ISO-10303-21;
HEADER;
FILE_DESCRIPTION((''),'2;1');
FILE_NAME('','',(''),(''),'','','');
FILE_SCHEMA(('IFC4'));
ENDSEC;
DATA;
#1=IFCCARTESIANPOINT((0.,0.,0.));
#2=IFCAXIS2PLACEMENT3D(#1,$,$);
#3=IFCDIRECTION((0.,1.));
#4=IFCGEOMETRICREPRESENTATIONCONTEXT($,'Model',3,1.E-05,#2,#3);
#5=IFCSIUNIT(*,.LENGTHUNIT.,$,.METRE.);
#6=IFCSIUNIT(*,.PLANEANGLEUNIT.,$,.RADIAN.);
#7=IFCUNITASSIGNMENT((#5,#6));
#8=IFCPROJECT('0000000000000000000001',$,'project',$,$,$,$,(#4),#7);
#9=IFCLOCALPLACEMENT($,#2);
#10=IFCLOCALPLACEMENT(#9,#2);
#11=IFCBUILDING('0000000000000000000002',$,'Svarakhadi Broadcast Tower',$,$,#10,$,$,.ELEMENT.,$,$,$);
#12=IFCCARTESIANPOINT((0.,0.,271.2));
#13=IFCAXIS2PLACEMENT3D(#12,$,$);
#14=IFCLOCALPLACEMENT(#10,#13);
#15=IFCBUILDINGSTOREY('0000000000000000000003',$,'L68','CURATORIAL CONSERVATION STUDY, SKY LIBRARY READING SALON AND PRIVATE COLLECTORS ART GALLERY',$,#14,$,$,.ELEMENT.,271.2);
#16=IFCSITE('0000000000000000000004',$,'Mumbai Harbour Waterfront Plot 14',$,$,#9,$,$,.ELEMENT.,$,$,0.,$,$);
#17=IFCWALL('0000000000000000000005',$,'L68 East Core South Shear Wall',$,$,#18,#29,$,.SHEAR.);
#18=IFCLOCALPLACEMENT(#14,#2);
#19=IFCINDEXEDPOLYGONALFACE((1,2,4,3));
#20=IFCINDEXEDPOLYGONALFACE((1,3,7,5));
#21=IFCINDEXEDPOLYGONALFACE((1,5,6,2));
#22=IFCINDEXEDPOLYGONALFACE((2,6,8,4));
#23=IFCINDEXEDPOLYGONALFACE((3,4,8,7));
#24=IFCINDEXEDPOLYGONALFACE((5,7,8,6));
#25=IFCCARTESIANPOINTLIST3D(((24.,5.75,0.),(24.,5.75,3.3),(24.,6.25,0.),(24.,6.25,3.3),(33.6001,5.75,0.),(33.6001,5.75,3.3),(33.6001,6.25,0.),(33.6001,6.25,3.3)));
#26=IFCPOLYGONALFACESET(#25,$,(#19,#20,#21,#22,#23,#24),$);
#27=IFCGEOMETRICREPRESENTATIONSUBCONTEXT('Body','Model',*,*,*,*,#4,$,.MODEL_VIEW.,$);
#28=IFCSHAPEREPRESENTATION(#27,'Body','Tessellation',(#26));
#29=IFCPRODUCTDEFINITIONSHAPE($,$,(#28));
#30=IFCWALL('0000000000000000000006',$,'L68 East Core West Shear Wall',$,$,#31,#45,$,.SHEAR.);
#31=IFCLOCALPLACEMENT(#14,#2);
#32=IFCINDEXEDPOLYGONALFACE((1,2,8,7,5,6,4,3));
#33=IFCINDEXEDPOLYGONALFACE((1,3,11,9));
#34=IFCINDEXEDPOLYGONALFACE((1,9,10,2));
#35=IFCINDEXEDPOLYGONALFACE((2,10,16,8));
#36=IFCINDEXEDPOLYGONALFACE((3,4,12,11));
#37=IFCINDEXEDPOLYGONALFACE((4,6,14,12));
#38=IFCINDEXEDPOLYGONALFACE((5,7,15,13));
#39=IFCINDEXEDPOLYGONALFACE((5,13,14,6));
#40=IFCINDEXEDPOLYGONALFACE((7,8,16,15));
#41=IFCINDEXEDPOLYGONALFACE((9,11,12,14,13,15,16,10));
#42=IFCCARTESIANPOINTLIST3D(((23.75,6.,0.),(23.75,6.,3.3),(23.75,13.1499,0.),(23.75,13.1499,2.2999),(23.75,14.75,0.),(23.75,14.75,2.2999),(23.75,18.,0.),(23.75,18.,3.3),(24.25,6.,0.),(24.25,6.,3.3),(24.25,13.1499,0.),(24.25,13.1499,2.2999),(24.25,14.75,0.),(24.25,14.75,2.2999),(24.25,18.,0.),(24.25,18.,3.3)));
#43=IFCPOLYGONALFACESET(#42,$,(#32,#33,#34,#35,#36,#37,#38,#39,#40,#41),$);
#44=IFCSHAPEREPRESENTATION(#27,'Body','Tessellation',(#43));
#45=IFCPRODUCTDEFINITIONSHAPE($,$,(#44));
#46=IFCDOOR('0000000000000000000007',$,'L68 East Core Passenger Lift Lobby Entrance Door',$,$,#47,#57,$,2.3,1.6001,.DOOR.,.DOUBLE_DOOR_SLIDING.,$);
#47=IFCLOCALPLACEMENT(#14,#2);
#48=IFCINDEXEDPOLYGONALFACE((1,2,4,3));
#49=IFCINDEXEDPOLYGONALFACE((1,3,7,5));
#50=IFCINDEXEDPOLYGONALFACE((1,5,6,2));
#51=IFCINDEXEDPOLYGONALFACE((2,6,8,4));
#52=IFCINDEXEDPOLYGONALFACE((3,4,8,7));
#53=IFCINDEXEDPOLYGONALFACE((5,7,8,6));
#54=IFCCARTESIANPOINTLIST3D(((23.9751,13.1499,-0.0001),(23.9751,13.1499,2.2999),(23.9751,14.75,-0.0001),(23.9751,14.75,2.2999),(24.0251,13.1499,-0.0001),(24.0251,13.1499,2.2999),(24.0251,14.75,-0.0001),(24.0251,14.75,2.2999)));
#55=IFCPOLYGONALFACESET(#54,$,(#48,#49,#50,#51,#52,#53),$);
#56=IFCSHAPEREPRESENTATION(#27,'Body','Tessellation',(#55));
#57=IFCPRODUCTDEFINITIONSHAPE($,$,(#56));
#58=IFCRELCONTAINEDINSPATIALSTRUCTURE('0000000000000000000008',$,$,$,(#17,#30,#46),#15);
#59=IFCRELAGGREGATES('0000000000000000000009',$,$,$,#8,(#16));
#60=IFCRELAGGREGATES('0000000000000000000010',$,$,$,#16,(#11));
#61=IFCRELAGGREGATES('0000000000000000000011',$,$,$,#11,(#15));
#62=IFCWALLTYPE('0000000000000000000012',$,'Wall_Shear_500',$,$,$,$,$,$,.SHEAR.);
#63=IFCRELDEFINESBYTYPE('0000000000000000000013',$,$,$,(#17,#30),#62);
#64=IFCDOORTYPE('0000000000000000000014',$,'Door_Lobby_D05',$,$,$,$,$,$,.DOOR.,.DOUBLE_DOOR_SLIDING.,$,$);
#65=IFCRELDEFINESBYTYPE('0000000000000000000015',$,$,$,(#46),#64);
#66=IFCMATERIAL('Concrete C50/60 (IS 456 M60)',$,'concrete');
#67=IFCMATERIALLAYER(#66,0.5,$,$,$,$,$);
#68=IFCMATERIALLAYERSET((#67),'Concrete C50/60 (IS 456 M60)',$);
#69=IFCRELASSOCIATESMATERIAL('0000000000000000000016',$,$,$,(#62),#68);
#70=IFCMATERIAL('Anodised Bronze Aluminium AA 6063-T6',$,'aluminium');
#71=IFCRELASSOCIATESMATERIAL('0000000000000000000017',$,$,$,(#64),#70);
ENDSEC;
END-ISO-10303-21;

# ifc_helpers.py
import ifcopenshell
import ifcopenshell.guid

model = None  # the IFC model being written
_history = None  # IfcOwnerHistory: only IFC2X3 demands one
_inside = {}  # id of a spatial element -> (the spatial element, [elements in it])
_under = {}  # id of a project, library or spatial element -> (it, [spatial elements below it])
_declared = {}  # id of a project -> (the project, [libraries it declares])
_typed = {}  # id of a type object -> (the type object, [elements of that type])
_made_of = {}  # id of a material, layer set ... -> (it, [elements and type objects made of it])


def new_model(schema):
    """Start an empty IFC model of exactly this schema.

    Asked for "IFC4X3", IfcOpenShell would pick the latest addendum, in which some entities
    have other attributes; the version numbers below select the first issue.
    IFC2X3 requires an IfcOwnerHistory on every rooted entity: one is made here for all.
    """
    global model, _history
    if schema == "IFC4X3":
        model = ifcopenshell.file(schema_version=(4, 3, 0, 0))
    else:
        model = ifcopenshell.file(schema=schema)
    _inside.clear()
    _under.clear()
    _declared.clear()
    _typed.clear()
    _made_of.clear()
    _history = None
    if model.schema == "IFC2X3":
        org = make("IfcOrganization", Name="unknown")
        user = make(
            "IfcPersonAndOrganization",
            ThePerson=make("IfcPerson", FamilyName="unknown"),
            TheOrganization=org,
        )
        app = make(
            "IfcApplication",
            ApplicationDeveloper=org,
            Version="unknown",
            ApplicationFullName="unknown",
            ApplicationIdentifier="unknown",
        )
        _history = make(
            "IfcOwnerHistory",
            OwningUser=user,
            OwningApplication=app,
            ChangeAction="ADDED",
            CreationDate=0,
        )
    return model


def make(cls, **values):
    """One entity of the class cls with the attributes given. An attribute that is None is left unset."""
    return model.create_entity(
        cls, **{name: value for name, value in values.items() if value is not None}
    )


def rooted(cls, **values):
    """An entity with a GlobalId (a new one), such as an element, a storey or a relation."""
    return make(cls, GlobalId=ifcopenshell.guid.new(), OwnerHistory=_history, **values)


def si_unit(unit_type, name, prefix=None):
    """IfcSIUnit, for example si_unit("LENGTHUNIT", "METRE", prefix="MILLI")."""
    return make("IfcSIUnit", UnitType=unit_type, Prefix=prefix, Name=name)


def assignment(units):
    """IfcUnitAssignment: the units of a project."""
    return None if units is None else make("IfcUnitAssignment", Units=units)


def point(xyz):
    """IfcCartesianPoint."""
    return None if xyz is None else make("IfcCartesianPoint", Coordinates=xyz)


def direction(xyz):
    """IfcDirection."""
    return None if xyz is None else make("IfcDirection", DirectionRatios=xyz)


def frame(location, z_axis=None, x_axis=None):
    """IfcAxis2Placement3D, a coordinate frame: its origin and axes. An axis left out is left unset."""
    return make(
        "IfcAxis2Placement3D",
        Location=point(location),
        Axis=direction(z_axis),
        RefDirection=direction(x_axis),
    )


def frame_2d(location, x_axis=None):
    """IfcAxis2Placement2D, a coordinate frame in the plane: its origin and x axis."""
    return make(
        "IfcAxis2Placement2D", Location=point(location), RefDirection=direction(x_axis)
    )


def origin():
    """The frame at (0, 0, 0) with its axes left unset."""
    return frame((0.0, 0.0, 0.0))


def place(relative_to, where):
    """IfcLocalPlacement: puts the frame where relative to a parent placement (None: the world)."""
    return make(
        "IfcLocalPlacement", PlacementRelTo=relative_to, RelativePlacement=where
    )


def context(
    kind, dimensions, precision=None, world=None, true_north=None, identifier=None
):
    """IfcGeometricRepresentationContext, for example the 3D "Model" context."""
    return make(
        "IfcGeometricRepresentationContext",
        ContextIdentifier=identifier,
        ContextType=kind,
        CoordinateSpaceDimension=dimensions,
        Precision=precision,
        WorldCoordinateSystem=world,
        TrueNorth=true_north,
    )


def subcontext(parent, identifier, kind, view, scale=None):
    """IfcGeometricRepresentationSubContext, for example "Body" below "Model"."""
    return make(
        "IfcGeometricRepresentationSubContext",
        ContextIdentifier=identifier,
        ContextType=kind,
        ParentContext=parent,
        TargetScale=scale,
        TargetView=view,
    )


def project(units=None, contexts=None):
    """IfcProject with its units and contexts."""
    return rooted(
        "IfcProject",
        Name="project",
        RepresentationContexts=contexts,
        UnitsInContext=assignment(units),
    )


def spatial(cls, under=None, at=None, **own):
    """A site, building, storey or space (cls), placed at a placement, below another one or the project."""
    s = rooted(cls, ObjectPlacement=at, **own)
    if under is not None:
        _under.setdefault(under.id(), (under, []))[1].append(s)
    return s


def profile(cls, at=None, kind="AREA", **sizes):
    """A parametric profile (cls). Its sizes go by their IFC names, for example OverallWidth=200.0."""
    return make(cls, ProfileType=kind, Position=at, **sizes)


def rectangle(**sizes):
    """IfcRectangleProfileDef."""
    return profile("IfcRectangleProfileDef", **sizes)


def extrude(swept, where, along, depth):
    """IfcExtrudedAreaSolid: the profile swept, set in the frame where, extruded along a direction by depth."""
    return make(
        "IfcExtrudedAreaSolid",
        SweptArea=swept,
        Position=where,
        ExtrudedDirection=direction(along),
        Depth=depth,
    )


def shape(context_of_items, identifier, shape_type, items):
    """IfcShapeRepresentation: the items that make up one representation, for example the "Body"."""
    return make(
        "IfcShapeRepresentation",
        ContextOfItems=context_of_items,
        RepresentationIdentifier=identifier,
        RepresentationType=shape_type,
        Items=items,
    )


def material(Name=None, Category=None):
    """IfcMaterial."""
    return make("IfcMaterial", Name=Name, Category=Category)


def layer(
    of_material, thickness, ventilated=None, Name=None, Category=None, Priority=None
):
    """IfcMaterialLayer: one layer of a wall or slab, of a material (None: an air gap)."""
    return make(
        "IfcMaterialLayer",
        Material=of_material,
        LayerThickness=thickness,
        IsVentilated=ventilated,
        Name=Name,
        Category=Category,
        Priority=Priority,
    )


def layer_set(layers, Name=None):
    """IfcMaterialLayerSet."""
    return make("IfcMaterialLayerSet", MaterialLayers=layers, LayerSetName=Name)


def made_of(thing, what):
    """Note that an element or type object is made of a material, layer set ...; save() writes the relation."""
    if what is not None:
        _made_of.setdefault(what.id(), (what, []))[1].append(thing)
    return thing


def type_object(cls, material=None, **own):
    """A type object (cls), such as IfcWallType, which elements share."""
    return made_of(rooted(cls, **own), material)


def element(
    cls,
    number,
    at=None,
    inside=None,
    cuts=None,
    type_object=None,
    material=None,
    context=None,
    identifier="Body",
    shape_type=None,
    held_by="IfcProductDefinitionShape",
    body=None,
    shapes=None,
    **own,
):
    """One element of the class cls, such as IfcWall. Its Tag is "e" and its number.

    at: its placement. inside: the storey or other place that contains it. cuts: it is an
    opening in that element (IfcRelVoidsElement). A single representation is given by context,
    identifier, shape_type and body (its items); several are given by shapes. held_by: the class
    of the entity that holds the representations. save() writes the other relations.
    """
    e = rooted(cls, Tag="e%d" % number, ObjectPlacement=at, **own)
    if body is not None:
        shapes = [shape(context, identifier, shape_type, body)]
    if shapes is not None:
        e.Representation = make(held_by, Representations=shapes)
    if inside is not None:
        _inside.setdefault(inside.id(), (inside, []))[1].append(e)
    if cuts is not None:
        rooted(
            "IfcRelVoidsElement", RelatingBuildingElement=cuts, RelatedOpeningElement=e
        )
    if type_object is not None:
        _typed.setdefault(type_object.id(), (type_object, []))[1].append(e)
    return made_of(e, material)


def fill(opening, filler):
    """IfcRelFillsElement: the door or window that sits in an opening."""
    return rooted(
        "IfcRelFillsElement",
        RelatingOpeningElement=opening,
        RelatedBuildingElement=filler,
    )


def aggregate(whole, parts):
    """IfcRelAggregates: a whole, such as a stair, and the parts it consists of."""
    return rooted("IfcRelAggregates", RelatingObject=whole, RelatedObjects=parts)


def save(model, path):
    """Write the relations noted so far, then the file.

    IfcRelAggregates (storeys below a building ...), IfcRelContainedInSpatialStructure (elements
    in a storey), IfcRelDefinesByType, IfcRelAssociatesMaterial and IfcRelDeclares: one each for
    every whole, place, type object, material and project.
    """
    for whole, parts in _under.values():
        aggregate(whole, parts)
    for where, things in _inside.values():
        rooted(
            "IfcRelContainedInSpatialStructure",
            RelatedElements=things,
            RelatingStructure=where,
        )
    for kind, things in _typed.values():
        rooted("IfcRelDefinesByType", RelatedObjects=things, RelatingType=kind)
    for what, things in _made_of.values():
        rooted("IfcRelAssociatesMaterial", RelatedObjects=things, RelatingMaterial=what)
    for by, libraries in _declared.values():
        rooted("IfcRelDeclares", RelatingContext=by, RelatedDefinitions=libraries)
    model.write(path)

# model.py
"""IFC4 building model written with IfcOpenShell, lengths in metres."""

from ifc_helpers import new_model, si_unit, direction, frame, frame_2d, origin, place, context, subcontext, project, spatial, rectangle, extrude, material, layer, layer_set, type_object, element, fill, save


model = new_model("IFC4")

# Units and contexts
model_context = context("Model", 3, precision=1e-05, world=origin(), true_north=direction((0.0, 1.0)))
body_context = subcontext(model_context, "Body", "Model", "MODEL_VIEW")
ifc_project = project(units=[si_unit("LENGTHUNIT", "METRE"), si_unit("PLANEANGLEUNIT", "RADIAN")], contexts=[model_context])

# Site, building, storey
site_placement = place(None, origin())
site = spatial("IfcSite", under=ifc_project, at=site_placement, Name="Mumbai Harbour Waterfront Plot 14", CompositionType="ELEMENT", RefElevation=0.0)
building_placement = place(site_placement, origin())
building = spatial("IfcBuilding", under=site, at=building_placement, Name="Svarakhadi Broadcast Tower", CompositionType="ELEMENT")
storey_placement = place(building_placement, frame((0.0, 0.0, 271.2)))
storey = spatial("IfcBuildingStorey", under=building, at=storey_placement, Name="L68", Description="CURATORIAL CONSERVATION STUDY, SKY LIBRARY READING SALON AND PRIVATE COLLECTORS ART GALLERY", CompositionType="ELEMENT", Elevation=271.2)

# Shared definitions
ifc_material_1 = material(Name="Concrete C50/60 (IS 456 M60)", Category="concrete")

# Wall
ifc_layer_1 = layer(ifc_material_1, 0.5)
ifc_layer_set_1 = layer_set([ifc_layer_1], Name="Concrete C50/60 (IS 456 M60)")
wall_type_1 = type_object("IfcWallType", Name="Wall_Shear_500", PredefinedType="SHEAR", material=ifc_layer_set_1)
wall_1_placement = place(storey_placement, frame((24.0, 6.0, 0.0), z_axis=(0.0, 0.0, 1.0), x_axis=(1.0, 0.0, 0.0)))
element("IfcWall", 1, at=wall_1_placement, inside=storey, type_object=wall_type_1, Name="L68 East Core South Shear Wall", PredefinedType="SHEAR", context=body_context, shape_type="SweptSolid", body=[
    extrude(rectangle(XDim=9.6001, YDim=0.5, at=frame_2d((4.8, 0.0))), origin(), (0.0, 0.0, 1.0), 3.3),
])

# Wall, opening, door
wall_2_placement = place(storey_placement, frame((24.0, 6.0, 0.0), z_axis=(0.0, 0.0, 1.0), x_axis=(0.0, 1.0, 0.0)))
wall_2 = element("IfcWall", 2, at=wall_2_placement, inside=storey, type_object=wall_type_1, Name="L68 East Core West Shear Wall", PredefinedType="SHEAR", context=body_context, shape_type="SweptSolid", body=[
    extrude(rectangle(XDim=12.0, YDim=0.5, at=frame_2d((6.0, 0.0))), origin(), (0.0, 0.0, 1.0), 3.3),
])
opening_1_placement = place(wall_2_placement, frame((7.1499, 0.0, 0.0)))
opening_1 = element("IfcOpeningElement", 3, at=opening_1_placement, cuts=wall_2, PredefinedType="OPENING", context=body_context, shape_type="SweptSolid", body=[
    extrude(rectangle(XDim=1.6001, YDim=2.3, at=frame_2d((0.8, 1.1499))), frame((0.0, 0.26, 0.0), z_axis=(0.0, -1.0, 0.0), x_axis=(1.0, 0.0, 0.0)), (0.0, 0.0, 1.0), 0.52),
])
ifc_material_2 = material(Name="Anodised Bronze Aluminium AA 6063-T6", Category="aluminium")
door_type_1 = type_object("IfcDoorType", Name="Door_Lobby_D05", OperationType="DOUBLE_DOOR_SLIDING", PredefinedType="DOOR", material=ifc_material_2)
door_1_placement = place(opening_1_placement, origin())
door_1 = element("IfcDoor", 4, at=door_1_placement, inside=storey, type_object=door_type_1, Name="L68 East Core Passenger Lift Lobby Entrance Door", OperationType="DOUBLE_DOOR_SLIDING", OverallHeight=2.3, OverallWidth=1.6001, PredefinedType="DOOR", context=body_context, shape_type="SweptSolid", body=[
    extrude(rectangle(XDim=1.6001, YDim=2.3, at=frame_2d((0.8, 1.1499))), frame((0.0, 0.0249, 0.0), z_axis=(0.0, -1.0, 0.0), x_axis=(1.0, 0.0, 0.0)), (0.0, 0.0, 1.0), 0.05),
])
fill(opening_1, door_1)

save(model, "model.ifc")
